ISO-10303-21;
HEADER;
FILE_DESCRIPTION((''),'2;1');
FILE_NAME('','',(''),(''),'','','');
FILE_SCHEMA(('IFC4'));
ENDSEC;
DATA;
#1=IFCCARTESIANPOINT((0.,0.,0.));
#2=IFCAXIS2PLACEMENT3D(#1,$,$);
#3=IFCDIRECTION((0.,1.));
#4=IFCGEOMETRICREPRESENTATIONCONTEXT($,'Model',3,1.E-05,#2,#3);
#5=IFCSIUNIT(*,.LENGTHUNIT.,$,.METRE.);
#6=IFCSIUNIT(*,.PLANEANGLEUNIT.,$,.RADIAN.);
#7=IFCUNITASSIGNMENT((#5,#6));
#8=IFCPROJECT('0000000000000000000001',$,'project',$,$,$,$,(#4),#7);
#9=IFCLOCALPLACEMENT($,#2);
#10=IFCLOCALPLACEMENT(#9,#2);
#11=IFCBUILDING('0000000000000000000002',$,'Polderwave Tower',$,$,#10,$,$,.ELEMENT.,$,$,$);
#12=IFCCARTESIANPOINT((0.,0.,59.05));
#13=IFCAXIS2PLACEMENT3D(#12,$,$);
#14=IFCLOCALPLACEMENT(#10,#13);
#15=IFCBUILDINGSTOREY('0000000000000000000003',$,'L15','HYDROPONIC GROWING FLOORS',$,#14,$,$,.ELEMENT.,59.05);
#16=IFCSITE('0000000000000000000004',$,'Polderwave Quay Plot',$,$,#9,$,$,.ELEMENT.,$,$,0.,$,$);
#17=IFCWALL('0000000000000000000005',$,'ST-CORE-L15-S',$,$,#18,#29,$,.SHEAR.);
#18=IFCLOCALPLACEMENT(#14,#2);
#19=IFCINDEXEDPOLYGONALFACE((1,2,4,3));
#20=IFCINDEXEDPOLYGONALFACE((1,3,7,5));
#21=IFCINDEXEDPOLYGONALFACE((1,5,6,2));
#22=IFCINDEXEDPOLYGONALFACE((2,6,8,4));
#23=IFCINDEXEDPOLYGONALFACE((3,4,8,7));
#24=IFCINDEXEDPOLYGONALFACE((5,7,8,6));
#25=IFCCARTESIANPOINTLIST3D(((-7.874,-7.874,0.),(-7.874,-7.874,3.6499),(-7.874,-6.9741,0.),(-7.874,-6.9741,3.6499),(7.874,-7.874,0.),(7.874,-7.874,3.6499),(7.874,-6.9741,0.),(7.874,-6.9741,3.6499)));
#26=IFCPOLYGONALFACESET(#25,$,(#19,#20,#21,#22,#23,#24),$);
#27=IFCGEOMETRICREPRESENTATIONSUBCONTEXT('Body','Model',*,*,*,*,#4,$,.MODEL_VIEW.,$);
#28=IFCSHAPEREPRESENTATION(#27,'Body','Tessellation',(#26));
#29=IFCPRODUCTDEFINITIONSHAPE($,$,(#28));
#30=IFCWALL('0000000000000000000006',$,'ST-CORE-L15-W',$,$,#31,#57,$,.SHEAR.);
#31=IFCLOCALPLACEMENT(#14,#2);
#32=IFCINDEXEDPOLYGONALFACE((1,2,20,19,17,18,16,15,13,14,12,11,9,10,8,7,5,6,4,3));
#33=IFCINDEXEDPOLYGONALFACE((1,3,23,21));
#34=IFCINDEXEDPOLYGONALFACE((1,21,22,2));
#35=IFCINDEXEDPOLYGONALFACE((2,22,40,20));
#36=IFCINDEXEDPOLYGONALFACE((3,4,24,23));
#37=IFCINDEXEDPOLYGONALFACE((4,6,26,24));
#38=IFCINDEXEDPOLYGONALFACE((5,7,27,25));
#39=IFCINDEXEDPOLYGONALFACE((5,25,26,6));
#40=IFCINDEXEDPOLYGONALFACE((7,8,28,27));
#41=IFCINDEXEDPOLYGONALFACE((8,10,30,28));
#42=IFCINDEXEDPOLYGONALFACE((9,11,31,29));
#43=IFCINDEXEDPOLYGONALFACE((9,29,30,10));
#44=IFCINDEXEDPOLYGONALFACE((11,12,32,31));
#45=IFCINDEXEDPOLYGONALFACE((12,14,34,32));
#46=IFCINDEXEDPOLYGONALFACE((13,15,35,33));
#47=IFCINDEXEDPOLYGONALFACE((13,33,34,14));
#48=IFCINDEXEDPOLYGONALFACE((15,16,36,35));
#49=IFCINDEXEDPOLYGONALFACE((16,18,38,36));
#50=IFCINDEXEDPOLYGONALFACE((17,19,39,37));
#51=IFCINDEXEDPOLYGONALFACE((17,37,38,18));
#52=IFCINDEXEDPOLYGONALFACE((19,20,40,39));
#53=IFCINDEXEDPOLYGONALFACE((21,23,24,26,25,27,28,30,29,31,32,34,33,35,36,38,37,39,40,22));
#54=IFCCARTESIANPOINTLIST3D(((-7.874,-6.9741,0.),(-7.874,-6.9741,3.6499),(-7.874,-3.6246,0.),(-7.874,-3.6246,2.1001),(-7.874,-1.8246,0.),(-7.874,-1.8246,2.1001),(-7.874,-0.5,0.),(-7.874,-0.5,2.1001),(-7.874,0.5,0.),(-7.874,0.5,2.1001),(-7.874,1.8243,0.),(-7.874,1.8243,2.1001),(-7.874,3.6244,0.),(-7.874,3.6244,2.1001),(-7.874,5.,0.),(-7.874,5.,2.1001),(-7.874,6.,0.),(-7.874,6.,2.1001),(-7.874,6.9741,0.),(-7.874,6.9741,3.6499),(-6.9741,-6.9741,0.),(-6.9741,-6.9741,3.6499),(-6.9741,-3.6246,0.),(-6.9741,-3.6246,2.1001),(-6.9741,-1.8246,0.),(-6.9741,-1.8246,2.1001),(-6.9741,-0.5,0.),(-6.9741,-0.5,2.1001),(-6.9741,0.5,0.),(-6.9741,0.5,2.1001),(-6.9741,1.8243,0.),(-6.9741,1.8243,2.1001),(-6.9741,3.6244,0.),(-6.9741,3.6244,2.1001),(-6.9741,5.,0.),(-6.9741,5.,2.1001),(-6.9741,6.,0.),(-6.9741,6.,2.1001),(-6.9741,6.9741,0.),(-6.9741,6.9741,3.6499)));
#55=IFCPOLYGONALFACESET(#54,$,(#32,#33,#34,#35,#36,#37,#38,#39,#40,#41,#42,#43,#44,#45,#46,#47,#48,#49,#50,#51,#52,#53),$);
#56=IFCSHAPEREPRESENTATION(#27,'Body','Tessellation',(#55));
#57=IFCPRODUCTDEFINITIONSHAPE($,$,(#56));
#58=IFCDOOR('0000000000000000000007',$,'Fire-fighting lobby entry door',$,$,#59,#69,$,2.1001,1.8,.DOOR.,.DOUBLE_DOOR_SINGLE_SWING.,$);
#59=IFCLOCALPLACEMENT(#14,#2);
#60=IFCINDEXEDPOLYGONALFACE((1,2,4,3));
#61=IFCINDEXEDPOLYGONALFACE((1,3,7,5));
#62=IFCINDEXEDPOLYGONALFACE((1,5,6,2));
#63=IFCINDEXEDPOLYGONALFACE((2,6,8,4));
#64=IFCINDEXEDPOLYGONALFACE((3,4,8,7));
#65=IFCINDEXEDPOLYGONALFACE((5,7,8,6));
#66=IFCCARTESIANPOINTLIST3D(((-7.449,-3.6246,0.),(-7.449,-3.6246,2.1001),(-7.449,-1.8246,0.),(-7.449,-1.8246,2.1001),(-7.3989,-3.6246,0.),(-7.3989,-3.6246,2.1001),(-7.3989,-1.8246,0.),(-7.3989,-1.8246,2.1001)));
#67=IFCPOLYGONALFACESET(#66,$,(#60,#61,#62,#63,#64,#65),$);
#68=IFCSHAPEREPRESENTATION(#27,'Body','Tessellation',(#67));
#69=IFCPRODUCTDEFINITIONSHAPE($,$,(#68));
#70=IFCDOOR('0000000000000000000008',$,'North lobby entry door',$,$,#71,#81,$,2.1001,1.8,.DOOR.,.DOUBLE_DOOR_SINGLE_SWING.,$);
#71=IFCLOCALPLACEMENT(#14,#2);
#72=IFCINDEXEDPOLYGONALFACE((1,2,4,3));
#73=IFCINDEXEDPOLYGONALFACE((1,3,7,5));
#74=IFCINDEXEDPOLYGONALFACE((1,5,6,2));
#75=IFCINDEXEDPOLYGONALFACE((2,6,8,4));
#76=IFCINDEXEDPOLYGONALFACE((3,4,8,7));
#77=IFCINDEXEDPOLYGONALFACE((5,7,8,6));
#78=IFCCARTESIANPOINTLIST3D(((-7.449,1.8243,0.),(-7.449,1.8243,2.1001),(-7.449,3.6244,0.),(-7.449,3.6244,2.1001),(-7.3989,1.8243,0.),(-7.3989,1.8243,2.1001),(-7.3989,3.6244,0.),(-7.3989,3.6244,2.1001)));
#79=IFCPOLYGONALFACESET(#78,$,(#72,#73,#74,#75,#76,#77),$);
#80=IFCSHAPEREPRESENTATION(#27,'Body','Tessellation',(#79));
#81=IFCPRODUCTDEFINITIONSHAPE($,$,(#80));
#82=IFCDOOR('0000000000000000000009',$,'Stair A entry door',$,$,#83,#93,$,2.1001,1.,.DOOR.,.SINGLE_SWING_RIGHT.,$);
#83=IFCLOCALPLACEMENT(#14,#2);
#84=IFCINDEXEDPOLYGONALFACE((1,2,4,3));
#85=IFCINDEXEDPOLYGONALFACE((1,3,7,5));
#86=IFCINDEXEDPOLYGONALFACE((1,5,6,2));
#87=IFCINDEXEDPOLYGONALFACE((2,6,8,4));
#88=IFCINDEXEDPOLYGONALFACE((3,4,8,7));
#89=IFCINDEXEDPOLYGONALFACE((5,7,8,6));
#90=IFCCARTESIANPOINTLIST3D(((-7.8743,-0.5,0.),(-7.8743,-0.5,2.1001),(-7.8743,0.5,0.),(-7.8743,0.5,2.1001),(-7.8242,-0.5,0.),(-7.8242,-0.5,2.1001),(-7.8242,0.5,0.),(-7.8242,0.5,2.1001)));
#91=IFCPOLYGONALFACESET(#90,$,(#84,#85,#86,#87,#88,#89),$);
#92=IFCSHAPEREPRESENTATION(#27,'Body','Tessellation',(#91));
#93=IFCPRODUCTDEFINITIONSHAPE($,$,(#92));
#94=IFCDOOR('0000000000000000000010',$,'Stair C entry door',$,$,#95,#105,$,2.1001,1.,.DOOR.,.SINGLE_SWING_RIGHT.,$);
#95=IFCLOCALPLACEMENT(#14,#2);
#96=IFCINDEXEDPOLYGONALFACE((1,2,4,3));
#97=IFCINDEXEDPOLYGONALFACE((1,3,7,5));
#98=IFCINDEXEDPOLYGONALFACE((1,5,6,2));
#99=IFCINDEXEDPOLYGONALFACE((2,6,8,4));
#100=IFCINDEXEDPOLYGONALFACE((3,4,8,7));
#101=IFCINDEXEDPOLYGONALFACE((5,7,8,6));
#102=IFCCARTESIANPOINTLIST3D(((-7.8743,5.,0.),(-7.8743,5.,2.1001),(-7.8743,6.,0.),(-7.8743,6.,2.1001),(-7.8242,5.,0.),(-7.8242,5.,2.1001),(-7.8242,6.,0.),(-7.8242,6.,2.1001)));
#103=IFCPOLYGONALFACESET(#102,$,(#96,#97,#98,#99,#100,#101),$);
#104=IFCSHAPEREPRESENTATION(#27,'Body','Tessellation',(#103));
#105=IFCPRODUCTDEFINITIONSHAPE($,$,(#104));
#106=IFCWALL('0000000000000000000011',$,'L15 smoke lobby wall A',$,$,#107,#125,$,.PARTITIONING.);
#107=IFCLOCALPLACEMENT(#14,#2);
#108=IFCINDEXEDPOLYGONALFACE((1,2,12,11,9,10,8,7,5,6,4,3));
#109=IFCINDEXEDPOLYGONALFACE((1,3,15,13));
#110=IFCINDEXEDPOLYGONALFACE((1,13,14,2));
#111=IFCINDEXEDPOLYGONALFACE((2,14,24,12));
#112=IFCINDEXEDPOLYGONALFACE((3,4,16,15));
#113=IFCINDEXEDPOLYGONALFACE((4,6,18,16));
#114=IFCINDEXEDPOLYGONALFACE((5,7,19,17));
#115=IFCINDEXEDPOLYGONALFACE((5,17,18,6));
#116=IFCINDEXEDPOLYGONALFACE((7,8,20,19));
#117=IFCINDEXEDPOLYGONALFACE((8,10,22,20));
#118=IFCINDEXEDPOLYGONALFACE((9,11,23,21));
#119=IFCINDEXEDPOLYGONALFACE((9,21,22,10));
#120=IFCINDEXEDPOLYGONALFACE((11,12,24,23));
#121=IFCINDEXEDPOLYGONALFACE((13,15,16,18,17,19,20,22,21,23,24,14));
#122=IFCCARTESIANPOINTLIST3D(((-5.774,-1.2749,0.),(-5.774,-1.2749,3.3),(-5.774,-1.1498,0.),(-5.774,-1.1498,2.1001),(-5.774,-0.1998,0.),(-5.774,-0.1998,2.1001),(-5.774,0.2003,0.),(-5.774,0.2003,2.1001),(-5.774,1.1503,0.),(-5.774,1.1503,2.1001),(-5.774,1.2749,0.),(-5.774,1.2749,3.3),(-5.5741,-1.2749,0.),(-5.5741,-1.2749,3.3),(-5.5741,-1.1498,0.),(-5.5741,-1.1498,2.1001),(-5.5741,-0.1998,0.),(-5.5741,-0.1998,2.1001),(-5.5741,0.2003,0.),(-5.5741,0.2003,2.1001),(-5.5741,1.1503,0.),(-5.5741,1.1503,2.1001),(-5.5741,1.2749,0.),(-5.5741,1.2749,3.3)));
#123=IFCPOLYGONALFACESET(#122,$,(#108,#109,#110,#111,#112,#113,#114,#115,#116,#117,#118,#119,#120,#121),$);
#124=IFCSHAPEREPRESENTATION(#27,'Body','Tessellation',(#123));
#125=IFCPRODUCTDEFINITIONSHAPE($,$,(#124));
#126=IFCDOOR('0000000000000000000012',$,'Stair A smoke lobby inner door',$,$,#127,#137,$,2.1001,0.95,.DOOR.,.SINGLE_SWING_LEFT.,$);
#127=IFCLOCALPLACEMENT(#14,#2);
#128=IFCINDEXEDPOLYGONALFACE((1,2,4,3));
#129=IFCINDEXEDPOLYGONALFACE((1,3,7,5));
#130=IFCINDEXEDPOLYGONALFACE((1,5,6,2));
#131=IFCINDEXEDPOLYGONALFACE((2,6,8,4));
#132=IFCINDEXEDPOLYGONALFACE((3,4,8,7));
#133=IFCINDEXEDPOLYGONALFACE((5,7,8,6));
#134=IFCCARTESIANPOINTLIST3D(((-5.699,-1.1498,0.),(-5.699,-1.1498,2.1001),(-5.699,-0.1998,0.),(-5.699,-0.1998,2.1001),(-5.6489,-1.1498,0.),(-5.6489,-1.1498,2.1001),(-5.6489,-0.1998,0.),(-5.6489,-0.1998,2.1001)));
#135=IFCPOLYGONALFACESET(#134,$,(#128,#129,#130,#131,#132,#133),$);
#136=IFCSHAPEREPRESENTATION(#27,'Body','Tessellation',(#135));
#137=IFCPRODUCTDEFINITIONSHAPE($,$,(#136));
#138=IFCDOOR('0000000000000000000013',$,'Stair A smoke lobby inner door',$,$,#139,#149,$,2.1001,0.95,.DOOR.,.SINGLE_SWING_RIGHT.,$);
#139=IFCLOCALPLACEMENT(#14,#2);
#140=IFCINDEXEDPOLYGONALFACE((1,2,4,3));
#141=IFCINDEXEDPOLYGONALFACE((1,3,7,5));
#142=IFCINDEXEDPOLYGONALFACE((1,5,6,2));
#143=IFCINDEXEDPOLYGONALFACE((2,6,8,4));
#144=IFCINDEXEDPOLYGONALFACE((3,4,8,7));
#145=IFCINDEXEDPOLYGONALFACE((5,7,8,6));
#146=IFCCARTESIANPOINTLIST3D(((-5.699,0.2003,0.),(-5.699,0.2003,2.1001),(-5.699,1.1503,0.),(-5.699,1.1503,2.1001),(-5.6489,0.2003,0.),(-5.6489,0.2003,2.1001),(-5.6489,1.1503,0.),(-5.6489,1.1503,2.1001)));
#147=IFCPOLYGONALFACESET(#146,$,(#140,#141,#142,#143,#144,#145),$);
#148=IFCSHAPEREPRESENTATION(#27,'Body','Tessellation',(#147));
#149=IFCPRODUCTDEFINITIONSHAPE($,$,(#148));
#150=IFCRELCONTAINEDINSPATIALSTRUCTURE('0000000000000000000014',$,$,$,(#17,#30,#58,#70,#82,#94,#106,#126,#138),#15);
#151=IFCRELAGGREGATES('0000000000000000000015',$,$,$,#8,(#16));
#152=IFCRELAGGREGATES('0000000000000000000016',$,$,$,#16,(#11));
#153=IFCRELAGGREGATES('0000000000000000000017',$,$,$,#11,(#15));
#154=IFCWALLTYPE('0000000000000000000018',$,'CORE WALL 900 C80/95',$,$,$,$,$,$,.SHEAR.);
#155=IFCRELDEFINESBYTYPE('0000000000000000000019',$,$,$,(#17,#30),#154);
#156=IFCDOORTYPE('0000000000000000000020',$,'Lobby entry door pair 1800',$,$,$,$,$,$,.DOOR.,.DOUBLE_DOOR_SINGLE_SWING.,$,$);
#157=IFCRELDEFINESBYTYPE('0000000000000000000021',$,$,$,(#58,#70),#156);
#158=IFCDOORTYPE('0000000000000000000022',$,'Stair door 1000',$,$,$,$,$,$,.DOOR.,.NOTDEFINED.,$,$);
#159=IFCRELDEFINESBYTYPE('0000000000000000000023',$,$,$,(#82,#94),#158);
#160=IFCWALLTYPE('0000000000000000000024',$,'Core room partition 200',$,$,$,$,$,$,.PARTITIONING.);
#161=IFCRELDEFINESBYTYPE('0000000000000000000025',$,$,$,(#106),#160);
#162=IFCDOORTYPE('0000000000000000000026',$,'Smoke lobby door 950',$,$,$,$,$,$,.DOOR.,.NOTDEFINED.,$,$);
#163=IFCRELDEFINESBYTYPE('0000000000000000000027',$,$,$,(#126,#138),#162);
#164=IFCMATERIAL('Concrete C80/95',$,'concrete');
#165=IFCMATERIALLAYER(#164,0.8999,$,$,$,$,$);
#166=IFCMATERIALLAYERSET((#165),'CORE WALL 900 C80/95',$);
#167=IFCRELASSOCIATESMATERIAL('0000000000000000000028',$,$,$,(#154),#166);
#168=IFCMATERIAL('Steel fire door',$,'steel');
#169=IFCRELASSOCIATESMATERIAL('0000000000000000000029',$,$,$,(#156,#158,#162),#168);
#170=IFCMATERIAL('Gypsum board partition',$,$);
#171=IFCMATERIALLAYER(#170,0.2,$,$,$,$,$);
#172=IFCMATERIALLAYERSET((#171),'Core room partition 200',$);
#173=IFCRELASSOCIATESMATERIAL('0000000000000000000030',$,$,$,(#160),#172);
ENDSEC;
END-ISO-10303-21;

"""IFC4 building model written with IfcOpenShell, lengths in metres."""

from ifc_helpers import new_model, si_unit, direction, frame, frame_2d, origin, place, context, subcontext, project, spatial, rectangle, extrude, material, layer, layer_set, type_object, element, fill, save


model = new_model("IFC4")

# Units and contexts
model_context = context("Model", 3, precision=1e-05, world=origin(), true_north=direction((0.0, 1.0)))
body_context = subcontext(model_context, "Body", "Model", "MODEL_VIEW")
ifc_project = project(units=[si_unit("LENGTHUNIT", "METRE"), si_unit("PLANEANGLEUNIT", "RADIAN")], contexts=[model_context])

# Site, building, storey
site_placement = place(None, origin())
site = spatial("IfcSite", under=ifc_project, at=site_placement, Name="Polderwave Quay Plot", CompositionType="ELEMENT", RefElevation=0.0)
building_placement = place(site_placement, origin())
building = spatial("IfcBuilding", under=site, at=building_placement, Name="Polderwave Tower", CompositionType="ELEMENT")
storey_placement = place(building_placement, frame((0.0, 0.0, 59.05)))
storey = spatial("IfcBuildingStorey", under=building, at=storey_placement, Name="L15", Description="HYDROPONIC GROWING FLOORS", CompositionType="ELEMENT", Elevation=59.05)

# Wall
ifc_material_1 = material(Name="Concrete C80/95", Category="concrete")
ifc_layer_1 = layer(ifc_material_1, 0.8999)
ifc_layer_set_1 = layer_set([ifc_layer_1], Name="CORE WALL 900 C80/95")
wall_type_1 = type_object("IfcWallType", Name="CORE WALL 900 C80/95", PredefinedType="SHEAR", material=ifc_layer_set_1)
wall_1_placement = place(storey_placement, frame((-7.874, -7.4241, 0.0), z_axis=(0.0, 0.0, 1.0), x_axis=(1.0, 0.0, 0.0)))
element("IfcWall", 1, at=wall_1_placement, inside=storey, type_object=wall_type_1, Name="ST-CORE-L15-S", PredefinedType="SHEAR", context=body_context, shape_type="SweptSolid", body=[
    extrude(rectangle(XDim=15.748, YDim=0.8999, at=frame_2d((7.874, 0.0))), origin(), (0.0, 0.0, 1.0), 3.6499),
])

# Walls, openings, doors
wall_2_placement = place(storey_placement, frame((-7.4241, -6.9741, 0.0), z_axis=(0.0, 0.0, 1.0), x_axis=(0.0, 1.0, 0.0)))
wall_2 = element("IfcWall", 2, at=wall_2_placement, inside=storey, type_object=wall_type_1, Name="ST-CORE-L15-W", PredefinedType="SHEAR", context=body_context, shape_type="SweptSolid", body=[
    extrude(rectangle(XDim=13.9482, YDim=0.8999, at=frame_2d((6.9741, 0.0))), origin(), (0.0, 0.0, 1.0), 3.6499),
])
opening_1_placement = place(wall_2_placement, frame((6.4741, 0.0, 0.0)))
opening_1 = element("IfcOpeningElement", 3, at=opening_1_placement, cuts=wall_2, PredefinedType="OPENING", context=body_context, shape_type="SweptSolid", body=[
    extrude(rectangle(XDim=1.0, YDim=2.1001, at=frame_2d((0.5, 1.05))), frame((0.0, 0.46, 0.0), z_axis=(0.0, -1.0, 0.0), x_axis=(1.0, 0.0, 0.0)), (0.0, 0.0, 1.0), 0.9199),
])
opening_2_placement = place(wall_2_placement, frame((3.3496, 0.0, 0.0)))
opening_2 = element("IfcOpeningElement", 4, at=opening_2_placement, cuts=wall_2, PredefinedType="OPENING", context=body_context, shape_type="SweptSolid", body=[
    extrude(rectangle(XDim=1.8, YDim=2.1001, at=frame_2d((0.8999, 1.05))), frame((0.0, 0.46, 0.0), z_axis=(0.0, -1.0, 0.0), x_axis=(1.0, 0.0, 0.0)), (0.0, 0.0, 1.0), 0.9199),
])
opening_3_placement = place(wall_2_placement, frame((8.7986, 0.0, 0.0)))
opening_3 = element("IfcOpeningElement", 5, at=opening_3_placement, cuts=wall_2, PredefinedType="OPENING", context=body_context, shape_type="SweptSolid", body=[
    extrude(rectangle(XDim=1.8, YDim=2.1001, at=frame_2d((0.8999, 1.05))), frame((0.0, 0.46, 0.0), z_axis=(0.0, -1.0, 0.0), x_axis=(1.0, 0.0, 0.0)), (0.0, 0.0, 1.0), 0.9199),
])
opening_4_placement = place(wall_2_placement, frame((11.9741, 0.0, 0.0)))
opening_4 = element("IfcOpeningElement", 6, at=opening_4_placement, cuts=wall_2, PredefinedType="OPENING", context=body_context, shape_type="SweptSolid", body=[
    extrude(rectangle(XDim=1.0, YDim=2.1001, at=frame_2d((0.5, 1.05))), frame((0.0, 0.46, 0.0), z_axis=(0.0, -1.0, 0.0), x_axis=(1.0, 0.0, 0.0)), (0.0, 0.0, 1.0), 0.9199),
])
ifc_material_2 = material(Name="Steel fire door", Category="steel")
door_type_1 = type_object("IfcDoorType", Name="Lobby entry door pair 1800", OperationType="DOUBLE_DOOR_SINGLE_SWING", PredefinedType="DOOR", material=ifc_material_2)
door_1_placement = place(opening_2_placement, origin())
door_1 = element("IfcDoor", 7, at=door_1_placement, inside=storey, type_object=door_type_1, Name="Fire-fighting lobby entry door", OperationType="DOUBLE_DOOR_SINGLE_SWING", OverallHeight=2.1001, OverallWidth=1.8, PredefinedType="DOOR", context=body_context, shape_type="SweptSolid", body=[
    extrude(rectangle(XDim=1.8, YDim=2.1001, at=frame_2d((0.8999, 1.05))), frame((0.0, 0.0249, 0.0), z_axis=(0.0, -1.0, 0.0), x_axis=(1.0, 0.0, 0.0)), (0.0, 0.0, 1.0), 0.05),
])
fill(opening_2, door_1)
door_2_placement = place(opening_3_placement, origin())
door_2 = element("IfcDoor", 8, at=door_2_placement, inside=storey, type_object=door_type_1, Name="North lobby entry door", OperationType="DOUBLE_DOOR_SINGLE_SWING", OverallHeight=2.1001, OverallWidth=1.8, PredefinedType="DOOR", context=body_context, shape_type="SweptSolid", body=[
    extrude(rectangle(XDim=1.8, YDim=2.1001, at=frame_2d((0.8999, 1.05))), frame((0.0, 0.0249, 0.0), z_axis=(0.0, -1.0, 0.0), x_axis=(1.0, 0.0, 0.0)), (0.0, 0.0, 1.0), 0.05),
])
fill(opening_3, door_2)
door_type_2 = type_object("IfcDoorType", Name="Stair door 1000", OperationType="NOTDEFINED", PredefinedType="DOOR", material=ifc_material_2)
door_3_placement = place(opening_1_placement, origin())
door_3 = element("IfcDoor", 9, at=door_3_placement, inside=storey, type_object=door_type_2, Name="Stair A entry door", OperationType="SINGLE_SWING_RIGHT", OverallHeight=2.1001, OverallWidth=1.0, PredefinedType="DOOR", context=body_context, shape_type="SweptSolid", body=[
    extrude(rectangle(XDim=1.0, YDim=2.1001, at=frame_2d((0.5, 1.05))), frame((0.0, 0.4502, 0.0), z_axis=(0.0, -1.0, 0.0), x_axis=(1.0, 0.0, 0.0)), (0.0, 0.0, 1.0), 0.05),
])
fill(opening_1, door_3)
door_4_placement = place(opening_4_placement, origin())
door_4 = element("IfcDoor", 10, at=door_4_placement, inside=storey, type_object=door_type_2, Name="Stair C entry door", OperationType="SINGLE_SWING_RIGHT", OverallHeight=2.1001, OverallWidth=1.0, PredefinedType="DOOR", context=body_context, shape_type="SweptSolid", body=[
    extrude(rectangle(XDim=1.0, YDim=2.1001, at=frame_2d((0.5, 1.05))), frame((0.0, 0.4502, 0.0), z_axis=(0.0, -1.0, 0.0), x_axis=(1.0, 0.0, 0.0)), (0.0, 0.0, 1.0), 0.05),
])
fill(opening_4, door_4)
ifc_material_3 = material(Name="Gypsum board partition")
ifc_layer_2 = layer(ifc_material_3, 0.2)
ifc_layer_set_2 = layer_set([ifc_layer_2], Name="Core room partition 200")
wall_type_2 = type_object("IfcWallType", Name="Core room partition 200", PredefinedType="PARTITIONING", material=ifc_layer_set_2)
wall_3_placement = place(storey_placement, frame((-5.6741, -1.2749, 0.0), z_axis=(0.0, 0.0, 1.0), x_axis=(0.0, 1.0, 0.0)))
wall_3 = element("IfcWall", 11, at=wall_3_placement, inside=storey, type_object=wall_type_2, Name="L15 smoke lobby wall A", PredefinedType="PARTITIONING", context=body_context, shape_type="SweptSolid", body=[
    extrude(rectangle(XDim=2.5498, YDim=0.2, at=frame_2d((1.2749, 0.0))), origin(), (0.0, 0.0, 1.0), 3.3),
])
opening_5_placement = place(wall_3_placement, frame((0.125, 0.0, 0.0)))
opening_5 = element("IfcOpeningElement", 12, at=opening_5_placement, cuts=wall_3, PredefinedType="OPENING", context=body_context, shape_type="SweptSolid", body=[
    extrude(rectangle(XDim=0.95, YDim=2.1001, at=frame_2d((0.4751, 1.05))), frame((0.0, 0.1099, 0.0), z_axis=(0.0, -1.0, 0.0), x_axis=(1.0, 0.0, 0.0)), (0.0, 0.0, 1.0), 0.22),
])
opening_6_placement = place(wall_3_placement, frame((1.4751, 0.0, 0.0)))
opening_6 = element("IfcOpeningElement", 13, at=opening_6_placement, cuts=wall_3, PredefinedType="OPENING", context=body_context, shape_type="SweptSolid", body=[
    extrude(rectangle(XDim=0.95, YDim=2.1001, at=frame_2d((0.4751, 1.05))), frame((0.0, 0.1099, 0.0), z_axis=(0.0, -1.0, 0.0), x_axis=(1.0, 0.0, 0.0)), (0.0, 0.0, 1.0), 0.22),
])
door_type_3 = type_object("IfcDoorType", Name="Smoke lobby door 950", OperationType="NOTDEFINED", PredefinedType="DOOR", material=ifc_material_2)
door_5_placement = place(opening_5_placement, origin())
door_5 = element("IfcDoor", 14, at=door_5_placement, inside=storey, type_object=door_type_3, Name="Stair A smoke lobby inner door", OperationType="SINGLE_SWING_LEFT", OverallHeight=2.1001, OverallWidth=0.95, PredefinedType="DOOR", context=body_context, shape_type="SweptSolid", body=[
    extrude(rectangle(XDim=0.95, YDim=2.1001, at=frame_2d((0.4751, 1.05))), frame((0.0, 0.0249, 0.0), z_axis=(0.0, -1.0, 0.0), x_axis=(1.0, 0.0, 0.0)), (0.0, 0.0, 1.0), 0.05),
])
fill(opening_5, door_5)
door_6_placement = place(opening_6_placement, origin())
door_6 = element("IfcDoor", 15, at=door_6_placement, inside=storey, type_object=door_type_3, Name="Stair A smoke lobby inner door", OperationType="SINGLE_SWING_RIGHT", OverallHeight=2.1001, OverallWidth=0.95, PredefinedType="DOOR", context=body_context, shape_type="SweptSolid", body=[
    extrude(rectangle(XDim=0.95, YDim=2.1001, at=frame_2d((0.4751, 1.05))), frame((0.0, 0.0249, 0.0), z_axis=(0.0, -1.0, 0.0), x_axis=(1.0, 0.0, 0.0)), (0.0, 0.0, 1.0), 0.05),
])
fill(opening_6, door_6)

save(model, "model.ifc")
